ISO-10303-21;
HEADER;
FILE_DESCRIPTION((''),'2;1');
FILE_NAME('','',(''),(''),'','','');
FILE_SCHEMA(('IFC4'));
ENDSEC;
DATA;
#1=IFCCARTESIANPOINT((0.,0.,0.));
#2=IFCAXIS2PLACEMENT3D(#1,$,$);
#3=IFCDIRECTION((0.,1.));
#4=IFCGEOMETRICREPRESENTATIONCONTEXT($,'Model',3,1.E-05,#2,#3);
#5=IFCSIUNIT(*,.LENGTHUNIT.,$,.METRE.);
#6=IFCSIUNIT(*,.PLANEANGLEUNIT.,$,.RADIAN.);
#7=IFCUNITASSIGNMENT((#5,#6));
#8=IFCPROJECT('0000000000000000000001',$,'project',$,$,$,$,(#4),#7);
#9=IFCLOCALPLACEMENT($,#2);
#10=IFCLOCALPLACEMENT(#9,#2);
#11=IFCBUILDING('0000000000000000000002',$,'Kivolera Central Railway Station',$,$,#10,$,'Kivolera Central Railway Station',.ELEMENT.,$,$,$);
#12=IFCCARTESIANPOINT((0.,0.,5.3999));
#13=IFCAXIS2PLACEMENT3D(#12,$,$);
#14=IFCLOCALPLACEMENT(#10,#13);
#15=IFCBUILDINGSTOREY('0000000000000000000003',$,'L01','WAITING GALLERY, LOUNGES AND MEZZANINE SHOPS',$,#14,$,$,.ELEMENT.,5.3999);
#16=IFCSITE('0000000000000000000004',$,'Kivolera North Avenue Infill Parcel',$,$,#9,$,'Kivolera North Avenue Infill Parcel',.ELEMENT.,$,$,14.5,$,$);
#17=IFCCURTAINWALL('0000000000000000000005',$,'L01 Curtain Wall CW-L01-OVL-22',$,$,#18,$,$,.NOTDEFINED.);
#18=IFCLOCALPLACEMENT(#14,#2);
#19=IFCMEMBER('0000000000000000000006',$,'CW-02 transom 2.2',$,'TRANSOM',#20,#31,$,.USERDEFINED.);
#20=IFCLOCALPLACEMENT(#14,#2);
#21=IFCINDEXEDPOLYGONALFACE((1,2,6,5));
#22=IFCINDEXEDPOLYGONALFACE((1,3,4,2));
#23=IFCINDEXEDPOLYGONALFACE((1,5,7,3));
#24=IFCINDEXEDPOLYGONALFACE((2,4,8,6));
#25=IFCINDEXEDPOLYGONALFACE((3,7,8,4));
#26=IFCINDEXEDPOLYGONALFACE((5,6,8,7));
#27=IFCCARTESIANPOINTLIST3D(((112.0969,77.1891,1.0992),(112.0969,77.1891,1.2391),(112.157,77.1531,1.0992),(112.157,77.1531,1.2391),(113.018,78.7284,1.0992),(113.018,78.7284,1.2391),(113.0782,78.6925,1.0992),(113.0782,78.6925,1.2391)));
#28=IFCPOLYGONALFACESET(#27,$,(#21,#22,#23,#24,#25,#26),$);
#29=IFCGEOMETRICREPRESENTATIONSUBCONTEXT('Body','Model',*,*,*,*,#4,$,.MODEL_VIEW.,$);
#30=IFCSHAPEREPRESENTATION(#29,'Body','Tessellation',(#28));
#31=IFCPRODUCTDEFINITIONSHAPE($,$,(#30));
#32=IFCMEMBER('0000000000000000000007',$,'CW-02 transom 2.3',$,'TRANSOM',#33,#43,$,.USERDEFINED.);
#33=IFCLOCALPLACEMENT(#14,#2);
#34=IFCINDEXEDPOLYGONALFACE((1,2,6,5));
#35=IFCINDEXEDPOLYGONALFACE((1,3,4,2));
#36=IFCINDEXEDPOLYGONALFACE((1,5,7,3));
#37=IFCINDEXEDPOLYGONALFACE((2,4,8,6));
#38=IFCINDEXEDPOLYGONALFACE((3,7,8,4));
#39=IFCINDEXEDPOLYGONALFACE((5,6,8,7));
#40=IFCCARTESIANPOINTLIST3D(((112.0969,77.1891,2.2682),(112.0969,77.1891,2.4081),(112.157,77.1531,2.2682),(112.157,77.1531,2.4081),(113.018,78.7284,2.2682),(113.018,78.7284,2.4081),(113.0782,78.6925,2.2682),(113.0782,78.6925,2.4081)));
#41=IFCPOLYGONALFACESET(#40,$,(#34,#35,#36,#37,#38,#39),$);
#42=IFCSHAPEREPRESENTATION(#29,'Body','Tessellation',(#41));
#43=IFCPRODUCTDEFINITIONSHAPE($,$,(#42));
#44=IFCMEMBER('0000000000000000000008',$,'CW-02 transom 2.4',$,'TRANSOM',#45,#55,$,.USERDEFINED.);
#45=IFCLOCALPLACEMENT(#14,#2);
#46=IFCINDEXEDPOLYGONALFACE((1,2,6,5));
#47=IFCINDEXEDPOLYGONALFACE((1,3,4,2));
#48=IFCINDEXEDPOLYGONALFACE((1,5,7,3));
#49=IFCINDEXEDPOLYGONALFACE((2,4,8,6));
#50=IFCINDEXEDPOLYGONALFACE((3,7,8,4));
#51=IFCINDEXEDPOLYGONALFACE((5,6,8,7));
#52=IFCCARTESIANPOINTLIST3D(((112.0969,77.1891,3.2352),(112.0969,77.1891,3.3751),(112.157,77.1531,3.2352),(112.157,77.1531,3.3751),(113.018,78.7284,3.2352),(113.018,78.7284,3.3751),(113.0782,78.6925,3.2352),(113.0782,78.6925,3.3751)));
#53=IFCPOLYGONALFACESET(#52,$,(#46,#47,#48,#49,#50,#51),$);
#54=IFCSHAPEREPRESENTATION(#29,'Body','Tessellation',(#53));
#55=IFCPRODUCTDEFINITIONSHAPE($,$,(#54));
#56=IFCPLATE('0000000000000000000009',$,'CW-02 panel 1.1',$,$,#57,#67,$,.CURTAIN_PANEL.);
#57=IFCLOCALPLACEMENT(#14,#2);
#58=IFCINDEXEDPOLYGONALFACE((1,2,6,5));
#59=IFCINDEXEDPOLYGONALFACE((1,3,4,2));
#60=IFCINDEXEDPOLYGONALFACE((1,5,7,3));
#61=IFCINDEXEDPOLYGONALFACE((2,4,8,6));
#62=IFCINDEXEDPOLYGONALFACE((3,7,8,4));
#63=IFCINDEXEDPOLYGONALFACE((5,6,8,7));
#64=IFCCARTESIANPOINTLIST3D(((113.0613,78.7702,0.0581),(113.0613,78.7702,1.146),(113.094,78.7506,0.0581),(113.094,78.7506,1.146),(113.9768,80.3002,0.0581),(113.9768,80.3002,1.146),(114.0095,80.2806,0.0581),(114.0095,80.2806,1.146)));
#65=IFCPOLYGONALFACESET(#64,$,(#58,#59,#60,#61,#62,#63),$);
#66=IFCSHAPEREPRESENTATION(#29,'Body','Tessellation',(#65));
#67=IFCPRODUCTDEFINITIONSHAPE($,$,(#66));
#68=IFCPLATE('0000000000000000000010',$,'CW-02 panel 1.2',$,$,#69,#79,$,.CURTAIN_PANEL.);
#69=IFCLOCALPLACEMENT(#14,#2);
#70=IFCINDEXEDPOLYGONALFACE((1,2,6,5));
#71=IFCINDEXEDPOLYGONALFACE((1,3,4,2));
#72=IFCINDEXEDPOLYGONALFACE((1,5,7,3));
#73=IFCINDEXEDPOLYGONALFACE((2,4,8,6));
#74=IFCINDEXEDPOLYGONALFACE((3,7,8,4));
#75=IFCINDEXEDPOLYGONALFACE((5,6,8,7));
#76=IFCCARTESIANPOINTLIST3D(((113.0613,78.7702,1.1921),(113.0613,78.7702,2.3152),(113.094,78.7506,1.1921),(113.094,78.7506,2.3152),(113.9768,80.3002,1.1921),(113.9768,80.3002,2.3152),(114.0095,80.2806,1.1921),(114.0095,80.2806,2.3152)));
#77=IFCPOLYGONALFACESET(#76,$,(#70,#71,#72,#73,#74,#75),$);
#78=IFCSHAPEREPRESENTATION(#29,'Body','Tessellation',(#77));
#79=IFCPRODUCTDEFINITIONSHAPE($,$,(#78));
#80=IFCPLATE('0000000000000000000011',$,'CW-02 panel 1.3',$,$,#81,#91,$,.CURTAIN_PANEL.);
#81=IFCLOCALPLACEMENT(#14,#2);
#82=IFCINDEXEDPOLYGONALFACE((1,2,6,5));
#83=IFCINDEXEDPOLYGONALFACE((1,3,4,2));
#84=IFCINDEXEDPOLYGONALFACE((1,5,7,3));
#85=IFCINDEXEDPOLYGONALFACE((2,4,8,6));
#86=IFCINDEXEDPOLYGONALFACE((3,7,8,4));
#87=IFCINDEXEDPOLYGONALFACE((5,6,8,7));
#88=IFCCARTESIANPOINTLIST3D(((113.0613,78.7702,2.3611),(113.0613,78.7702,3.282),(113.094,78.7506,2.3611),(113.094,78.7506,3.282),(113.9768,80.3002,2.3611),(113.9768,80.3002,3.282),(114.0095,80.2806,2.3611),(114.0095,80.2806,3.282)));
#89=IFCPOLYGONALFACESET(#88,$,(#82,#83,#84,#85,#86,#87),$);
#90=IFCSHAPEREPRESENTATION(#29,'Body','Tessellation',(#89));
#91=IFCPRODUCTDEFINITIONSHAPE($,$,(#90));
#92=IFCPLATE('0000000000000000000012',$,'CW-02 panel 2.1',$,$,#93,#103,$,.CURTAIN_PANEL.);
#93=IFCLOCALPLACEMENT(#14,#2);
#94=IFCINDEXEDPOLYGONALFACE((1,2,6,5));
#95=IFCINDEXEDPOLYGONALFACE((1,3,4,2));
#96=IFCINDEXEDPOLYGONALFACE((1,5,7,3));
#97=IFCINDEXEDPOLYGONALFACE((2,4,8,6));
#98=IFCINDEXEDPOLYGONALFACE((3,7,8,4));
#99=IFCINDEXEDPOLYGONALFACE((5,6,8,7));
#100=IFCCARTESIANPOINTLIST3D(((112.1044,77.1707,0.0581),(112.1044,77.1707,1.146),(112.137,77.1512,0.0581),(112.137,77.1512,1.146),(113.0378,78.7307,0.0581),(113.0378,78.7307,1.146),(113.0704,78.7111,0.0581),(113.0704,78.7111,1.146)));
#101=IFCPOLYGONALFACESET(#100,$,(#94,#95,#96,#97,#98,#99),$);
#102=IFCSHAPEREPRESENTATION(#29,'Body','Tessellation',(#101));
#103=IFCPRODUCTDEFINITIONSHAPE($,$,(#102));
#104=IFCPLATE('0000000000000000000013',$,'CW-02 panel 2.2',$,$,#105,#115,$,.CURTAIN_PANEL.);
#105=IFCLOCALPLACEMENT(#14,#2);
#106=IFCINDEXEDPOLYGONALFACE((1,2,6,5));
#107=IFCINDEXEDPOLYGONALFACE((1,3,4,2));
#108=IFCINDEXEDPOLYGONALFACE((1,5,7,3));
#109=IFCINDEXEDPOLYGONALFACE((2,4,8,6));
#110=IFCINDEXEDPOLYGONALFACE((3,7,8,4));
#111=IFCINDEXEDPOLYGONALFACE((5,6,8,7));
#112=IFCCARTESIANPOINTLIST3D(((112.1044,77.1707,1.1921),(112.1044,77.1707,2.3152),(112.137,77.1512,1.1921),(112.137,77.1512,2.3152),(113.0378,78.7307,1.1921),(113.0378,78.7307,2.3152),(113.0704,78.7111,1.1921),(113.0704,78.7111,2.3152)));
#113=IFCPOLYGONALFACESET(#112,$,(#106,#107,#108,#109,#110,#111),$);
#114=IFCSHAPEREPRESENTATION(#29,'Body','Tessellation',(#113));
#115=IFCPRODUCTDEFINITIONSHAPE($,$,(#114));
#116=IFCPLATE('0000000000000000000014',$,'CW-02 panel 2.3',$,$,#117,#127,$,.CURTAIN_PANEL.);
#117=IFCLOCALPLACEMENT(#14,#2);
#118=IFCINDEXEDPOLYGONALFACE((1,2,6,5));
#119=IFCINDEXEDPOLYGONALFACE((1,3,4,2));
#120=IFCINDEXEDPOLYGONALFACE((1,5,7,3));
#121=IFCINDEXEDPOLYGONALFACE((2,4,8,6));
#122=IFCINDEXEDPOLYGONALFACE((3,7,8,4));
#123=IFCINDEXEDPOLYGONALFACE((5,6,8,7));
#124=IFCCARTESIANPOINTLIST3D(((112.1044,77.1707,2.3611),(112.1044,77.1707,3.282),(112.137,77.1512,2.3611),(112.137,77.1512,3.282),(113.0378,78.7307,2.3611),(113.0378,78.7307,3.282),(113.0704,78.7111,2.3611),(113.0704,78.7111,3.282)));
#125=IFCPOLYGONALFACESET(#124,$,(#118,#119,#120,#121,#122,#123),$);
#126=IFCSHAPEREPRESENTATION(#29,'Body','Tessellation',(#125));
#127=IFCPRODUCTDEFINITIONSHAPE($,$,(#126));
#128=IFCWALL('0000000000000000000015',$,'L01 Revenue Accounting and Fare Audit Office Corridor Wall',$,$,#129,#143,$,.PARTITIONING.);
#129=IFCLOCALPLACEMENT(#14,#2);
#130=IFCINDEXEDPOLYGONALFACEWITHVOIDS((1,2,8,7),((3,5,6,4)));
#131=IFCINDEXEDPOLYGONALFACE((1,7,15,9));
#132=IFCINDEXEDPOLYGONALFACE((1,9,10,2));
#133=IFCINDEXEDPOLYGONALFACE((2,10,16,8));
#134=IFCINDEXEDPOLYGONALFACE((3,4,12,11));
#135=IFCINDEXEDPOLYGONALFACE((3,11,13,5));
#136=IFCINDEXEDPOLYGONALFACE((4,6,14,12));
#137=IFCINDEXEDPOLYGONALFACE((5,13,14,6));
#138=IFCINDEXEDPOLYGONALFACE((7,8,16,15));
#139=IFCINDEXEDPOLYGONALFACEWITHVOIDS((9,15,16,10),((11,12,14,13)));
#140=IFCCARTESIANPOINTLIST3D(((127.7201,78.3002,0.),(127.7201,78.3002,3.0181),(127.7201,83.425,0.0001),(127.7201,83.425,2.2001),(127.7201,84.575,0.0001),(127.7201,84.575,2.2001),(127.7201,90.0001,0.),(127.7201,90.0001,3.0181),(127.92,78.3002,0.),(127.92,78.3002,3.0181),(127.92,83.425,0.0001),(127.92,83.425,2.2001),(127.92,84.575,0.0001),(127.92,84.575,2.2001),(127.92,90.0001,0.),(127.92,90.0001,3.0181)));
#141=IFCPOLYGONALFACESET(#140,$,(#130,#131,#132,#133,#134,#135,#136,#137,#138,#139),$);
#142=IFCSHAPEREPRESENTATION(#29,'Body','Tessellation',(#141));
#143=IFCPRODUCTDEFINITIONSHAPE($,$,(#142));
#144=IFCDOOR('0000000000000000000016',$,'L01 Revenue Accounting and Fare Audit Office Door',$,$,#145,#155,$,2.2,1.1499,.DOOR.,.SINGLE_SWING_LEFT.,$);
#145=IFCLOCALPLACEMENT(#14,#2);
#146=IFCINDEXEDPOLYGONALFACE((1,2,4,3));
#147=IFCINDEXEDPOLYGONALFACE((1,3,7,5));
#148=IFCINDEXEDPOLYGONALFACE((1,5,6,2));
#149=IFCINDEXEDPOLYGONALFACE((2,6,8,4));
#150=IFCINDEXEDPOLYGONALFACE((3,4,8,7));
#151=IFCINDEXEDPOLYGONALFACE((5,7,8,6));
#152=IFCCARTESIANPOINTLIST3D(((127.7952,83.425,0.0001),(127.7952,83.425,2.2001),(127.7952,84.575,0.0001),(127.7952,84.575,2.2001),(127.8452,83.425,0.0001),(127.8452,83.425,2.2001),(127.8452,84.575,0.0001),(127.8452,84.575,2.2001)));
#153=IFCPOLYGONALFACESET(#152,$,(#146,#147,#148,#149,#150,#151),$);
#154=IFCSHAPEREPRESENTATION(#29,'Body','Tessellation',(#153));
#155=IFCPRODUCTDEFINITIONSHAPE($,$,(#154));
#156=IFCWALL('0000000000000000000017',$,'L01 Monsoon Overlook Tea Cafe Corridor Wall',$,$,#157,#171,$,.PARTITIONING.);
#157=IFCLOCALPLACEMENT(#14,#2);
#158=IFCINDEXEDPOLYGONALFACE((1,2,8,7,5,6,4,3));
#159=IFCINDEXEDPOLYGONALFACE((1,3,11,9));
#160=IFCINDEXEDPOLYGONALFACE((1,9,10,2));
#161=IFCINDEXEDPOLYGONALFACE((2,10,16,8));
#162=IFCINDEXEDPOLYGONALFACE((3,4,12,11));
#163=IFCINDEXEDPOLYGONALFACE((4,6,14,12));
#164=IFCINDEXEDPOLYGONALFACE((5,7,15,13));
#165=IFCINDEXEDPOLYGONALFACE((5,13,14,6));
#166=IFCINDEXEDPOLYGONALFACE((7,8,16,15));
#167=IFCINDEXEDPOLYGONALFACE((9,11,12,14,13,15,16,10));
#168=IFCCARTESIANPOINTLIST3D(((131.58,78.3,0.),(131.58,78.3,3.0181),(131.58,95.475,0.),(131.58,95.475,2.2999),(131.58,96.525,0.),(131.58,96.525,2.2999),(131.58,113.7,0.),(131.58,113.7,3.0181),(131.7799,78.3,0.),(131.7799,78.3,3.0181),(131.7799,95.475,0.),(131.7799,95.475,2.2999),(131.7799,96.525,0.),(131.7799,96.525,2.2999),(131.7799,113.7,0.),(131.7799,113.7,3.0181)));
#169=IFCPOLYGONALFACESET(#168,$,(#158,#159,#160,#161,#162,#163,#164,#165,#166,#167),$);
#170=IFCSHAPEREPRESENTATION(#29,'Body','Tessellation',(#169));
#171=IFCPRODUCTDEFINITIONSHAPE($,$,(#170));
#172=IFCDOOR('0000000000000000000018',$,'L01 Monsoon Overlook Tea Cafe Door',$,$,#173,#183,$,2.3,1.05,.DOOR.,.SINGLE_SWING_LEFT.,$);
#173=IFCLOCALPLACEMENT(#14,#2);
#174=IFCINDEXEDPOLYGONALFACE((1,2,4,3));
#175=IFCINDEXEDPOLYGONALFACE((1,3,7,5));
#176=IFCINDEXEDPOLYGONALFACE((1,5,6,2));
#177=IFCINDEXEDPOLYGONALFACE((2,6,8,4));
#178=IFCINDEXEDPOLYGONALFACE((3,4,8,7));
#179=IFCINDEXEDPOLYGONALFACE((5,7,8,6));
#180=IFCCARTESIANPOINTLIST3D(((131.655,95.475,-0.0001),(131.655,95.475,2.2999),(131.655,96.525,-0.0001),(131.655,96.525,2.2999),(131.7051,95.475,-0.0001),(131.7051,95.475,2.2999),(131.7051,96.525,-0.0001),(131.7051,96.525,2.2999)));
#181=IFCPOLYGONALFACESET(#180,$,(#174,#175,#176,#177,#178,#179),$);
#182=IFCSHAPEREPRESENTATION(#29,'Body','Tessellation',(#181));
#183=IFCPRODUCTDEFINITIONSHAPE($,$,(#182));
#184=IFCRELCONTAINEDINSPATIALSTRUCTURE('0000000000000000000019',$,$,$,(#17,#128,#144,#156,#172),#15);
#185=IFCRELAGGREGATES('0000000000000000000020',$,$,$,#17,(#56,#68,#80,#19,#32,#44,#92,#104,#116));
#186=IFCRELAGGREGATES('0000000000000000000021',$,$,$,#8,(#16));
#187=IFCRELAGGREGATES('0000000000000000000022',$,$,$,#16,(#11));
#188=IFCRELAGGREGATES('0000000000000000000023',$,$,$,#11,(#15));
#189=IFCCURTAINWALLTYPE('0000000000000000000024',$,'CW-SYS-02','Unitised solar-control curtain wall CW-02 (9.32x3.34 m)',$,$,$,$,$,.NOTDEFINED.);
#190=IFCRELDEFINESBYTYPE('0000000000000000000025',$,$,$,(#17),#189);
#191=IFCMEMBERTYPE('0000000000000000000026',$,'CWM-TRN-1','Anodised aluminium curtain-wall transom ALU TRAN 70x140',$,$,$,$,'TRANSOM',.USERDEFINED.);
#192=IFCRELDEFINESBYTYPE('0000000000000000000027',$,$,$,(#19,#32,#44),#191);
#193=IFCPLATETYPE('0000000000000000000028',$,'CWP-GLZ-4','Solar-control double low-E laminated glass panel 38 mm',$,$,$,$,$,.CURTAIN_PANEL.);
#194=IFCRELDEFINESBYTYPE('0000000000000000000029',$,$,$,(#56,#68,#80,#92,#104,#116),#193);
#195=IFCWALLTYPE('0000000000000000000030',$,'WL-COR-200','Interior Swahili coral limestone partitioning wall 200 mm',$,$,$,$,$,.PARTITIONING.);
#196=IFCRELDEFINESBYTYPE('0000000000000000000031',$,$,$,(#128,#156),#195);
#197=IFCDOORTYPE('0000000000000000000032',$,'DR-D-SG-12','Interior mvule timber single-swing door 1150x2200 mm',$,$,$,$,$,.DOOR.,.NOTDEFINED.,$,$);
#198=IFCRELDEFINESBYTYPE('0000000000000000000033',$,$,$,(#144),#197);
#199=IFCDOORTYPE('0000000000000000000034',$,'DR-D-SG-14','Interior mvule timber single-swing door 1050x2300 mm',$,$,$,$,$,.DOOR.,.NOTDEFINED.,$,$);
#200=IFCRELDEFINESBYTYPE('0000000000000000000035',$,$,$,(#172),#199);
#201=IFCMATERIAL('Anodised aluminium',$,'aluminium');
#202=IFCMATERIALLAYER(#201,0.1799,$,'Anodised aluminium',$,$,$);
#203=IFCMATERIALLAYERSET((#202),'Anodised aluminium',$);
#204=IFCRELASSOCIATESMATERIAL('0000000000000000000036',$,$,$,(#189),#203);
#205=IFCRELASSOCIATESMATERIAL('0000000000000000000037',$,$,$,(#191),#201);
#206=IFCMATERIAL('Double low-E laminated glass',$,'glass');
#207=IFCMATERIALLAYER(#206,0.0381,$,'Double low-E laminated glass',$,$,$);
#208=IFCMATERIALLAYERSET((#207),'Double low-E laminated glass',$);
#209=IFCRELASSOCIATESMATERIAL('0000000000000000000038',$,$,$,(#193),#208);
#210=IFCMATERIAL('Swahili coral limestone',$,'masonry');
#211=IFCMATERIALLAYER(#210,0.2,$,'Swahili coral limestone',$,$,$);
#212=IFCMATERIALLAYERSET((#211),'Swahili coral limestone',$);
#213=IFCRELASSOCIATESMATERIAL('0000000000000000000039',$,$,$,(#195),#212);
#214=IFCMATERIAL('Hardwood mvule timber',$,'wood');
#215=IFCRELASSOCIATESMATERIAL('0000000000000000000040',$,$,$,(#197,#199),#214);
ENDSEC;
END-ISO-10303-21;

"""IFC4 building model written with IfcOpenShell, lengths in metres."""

from ifc_helpers import new_model, si_unit, direction, frame, frame_2d, origin, origin_2d, place, context, subcontext, project, spatial, rectangle, extrude, material, layer, layer_set, material_profile, profile_set, type_object, element, fill, aggregate, save


model = new_model("IFC4")

# Units and contexts
model_context = context("Model", 3, precision=1e-05, world=origin(), true_north=direction((0.0, 1.0)))
body_context = subcontext(model_context, "Body", "Model", "MODEL_VIEW")
ifc_project = project(units=[si_unit("LENGTHUNIT", "METRE"), si_unit("PLANEANGLEUNIT", "RADIAN")], contexts=[model_context])

# Site, building, storey
site_placement = place(None, origin())
site = spatial("IfcSite", under=ifc_project, at=site_placement, Name="Kivolera North Avenue Infill Parcel", LongName="Kivolera North Avenue Infill Parcel", CompositionType="ELEMENT", RefElevation=14.5)
building_placement = place(site_placement, origin())
building = spatial("IfcBuilding", under=site, at=building_placement, Name="Kivolera Central Railway Station", LongName="Kivolera Central Railway Station", CompositionType="ELEMENT")
storey_placement = place(building_placement, frame((0.0, 0.0, 5.3999)))
storey = spatial("IfcBuildingStorey", under=building, at=storey_placement, Name="L01", Description="WAITING GALLERY, LOUNGES AND MEZZANINE SHOPS", CompositionType="ELEMENT", Elevation=5.3999)

# Curtain wall, members, plates
ifc_material_1 = material(Name="Anodised aluminium", Category="aluminium")
ifc_layer_1 = layer(ifc_material_1, 0.1799, Name="Anodised aluminium")
ifc_layer_set_1 = layer_set([ifc_layer_1], Name="Anodised aluminium")
curtain_wall_type = type_object("IfcCurtainWallType", Name="CW-SYS-02", Description="Unitised solar-control curtain wall CW-02 (9.32x3.34 m)", PredefinedType="NOTDEFINED", material=ifc_layer_set_1)
curtain_wall_placement = place(storey_placement, origin())
curtain_wall = element("IfcCurtainWall", 1, at=curtain_wall_placement, inside=storey, type_object=curtain_wall_type, Name="L01 Curtain Wall CW-L01-OVL-22", PredefinedType="NOTDEFINED")
ifc_material_profile_1 = material_profile(ifc_material_1, rectangle(XDim=0.0701, YDim=0.1399, at=origin_2d()), Name="ALU TRAN 70x140")
ifc_profile_set_1 = profile_set([ifc_material_profile_1], Name="Anodised aluminium")
member_type_1 = type_object("IfcMemberType", Name="CWM-TRN-1", Description="Anodised aluminium curtain-wall transom ALU TRAN 70x140", ElementType="TRANSOM", PredefinedType="USERDEFINED", material=ifc_profile_set_1)
member_1_placement = place(storey_placement, frame((113.0481, 78.7104, 1.1692), z_axis=(-0.513495, -0.858093, 0.0), x_axis=(0.858093, -0.513495, 0.0)))
member_1 = element("IfcMember", 2, at=member_1_placement, type_object=member_type_1, Name="CW-02 transom 2.2", ObjectType="TRANSOM", PredefinedType="USERDEFINED", context=body_context, shape_type="SweptSolid", body=[
    extrude(rectangle(XDim=0.0701, YDim=0.1399, at=origin_2d()), origin(), (0.0, 0.0, 1.0), 1.7939),
])
member_2_placement = place(storey_placement, frame((113.0481, 78.7104, 2.3381), z_axis=(-0.513495, -0.858093, 0.0), x_axis=(0.858093, -0.513495, 0.0)))
member_2 = element("IfcMember", 3, at=member_2_placement, type_object=member_type_1, Name="CW-02 transom 2.3", ObjectType="TRANSOM", PredefinedType="USERDEFINED", context=body_context, shape_type="SweptSolid", body=[
    extrude(rectangle(XDim=0.0701, YDim=0.1399, at=origin_2d()), origin(), (0.0, 0.0, 1.0), 1.7939),
])
member_3_placement = place(storey_placement, frame((113.0481, 78.7104, 3.3052), z_axis=(-0.513495, -0.858093, 0.0), x_axis=(0.858093, -0.513495, 0.0)))
member_3 = element("IfcMember", 4, at=member_3_placement, type_object=member_type_1, Name="CW-02 transom 2.4", ObjectType="TRANSOM", PredefinedType="USERDEFINED", context=body_context, shape_type="SweptSolid", body=[
    extrude(rectangle(XDim=0.0701, YDim=0.1399, at=origin_2d()), origin(), (0.0, 0.0, 1.0), 1.7939),
])
ifc_material_2 = material(Name="Double low-E laminated glass", Category="glass")
ifc_layer_2 = layer(ifc_material_2, 0.0381, Name="Double low-E laminated glass")
ifc_layer_set_2 = layer_set([ifc_layer_2], Name="Double low-E laminated glass")
plate_type = type_object("IfcPlateType", Name="CWP-GLZ-4", Description="Solar-control double low-E laminated glass panel 38 mm", PredefinedType="CURTAIN_PANEL", material=ifc_layer_set_2)
plate_1_placement = place(storey_placement, frame((113.5354, 79.5254, 0.0581), z_axis=(0.0, 0.0, 1.0), x_axis=(-0.513454, -0.858117, 0.0)))
plate_1 = element("IfcPlate", 5, at=plate_1_placement, type_object=plate_type, Name="CW-02 panel 1.1", PredefinedType="CURTAIN_PANEL", context=body_context, shape_type="SweptSolid", body=[
    extrude(rectangle(XDim=1.783, YDim=0.0381, at=origin_2d()), origin(), (0.0, 0.0, 1.0), 1.0879),
])
plate_2_placement = place(storey_placement, frame((113.5354, 79.5254, 1.1921), z_axis=(0.0, 0.0, 1.0), x_axis=(-0.513454, -0.858117, 0.0)))
plate_2 = element("IfcPlate", 6, at=plate_2_placement, type_object=plate_type, Name="CW-02 panel 1.2", PredefinedType="CURTAIN_PANEL", context=body_context, shape_type="SweptSolid", body=[
    extrude(rectangle(XDim=1.783, YDim=0.0381, at=origin_2d()), origin(), (0.0, 0.0, 1.0), 1.123),
])
plate_3_placement = place(storey_placement, frame((113.5354, 79.5254, 2.3611), z_axis=(0.0, 0.0, 1.0), x_axis=(-0.513454, -0.858117, 0.0)))
plate_3 = element("IfcPlate", 7, at=plate_3_placement, type_object=plate_type, Name="CW-02 panel 1.3", PredefinedType="CURTAIN_PANEL", context=body_context, shape_type="SweptSolid", body=[
    extrude(rectangle(XDim=1.783, YDim=0.0381, at=origin_2d()), origin(), (0.0, 0.0, 1.0), 0.9209),
])
plate_4_placement = place(storey_placement, frame((112.5874, 77.9409, 0.0581), z_axis=(0.0, 0.0, 1.0), x_axis=(-0.513454, -0.858117, 0.0)))
plate_4 = element("IfcPlate", 8, at=plate_4_placement, type_object=plate_type, Name="CW-02 panel 2.1", PredefinedType="CURTAIN_PANEL", context=body_context, shape_type="SweptSolid", body=[
    extrude(rectangle(XDim=1.8179, YDim=0.0381, at=origin_2d()), origin(), (0.0, 0.0, 1.0), 1.0879),
])
plate_5_placement = place(storey_placement, frame((112.5874, 77.9409, 1.1921), z_axis=(0.0, 0.0, 1.0), x_axis=(-0.513454, -0.858117, 0.0)))
plate_5 = element("IfcPlate", 9, at=plate_5_placement, type_object=plate_type, Name="CW-02 panel 2.2", PredefinedType="CURTAIN_PANEL", context=body_context, shape_type="SweptSolid", body=[
    extrude(rectangle(XDim=1.8179, YDim=0.0381, at=origin_2d()), origin(), (0.0, 0.0, 1.0), 1.123),
])
plate_6_placement = place(storey_placement, frame((112.5874, 77.9409, 2.3611), z_axis=(0.0, 0.0, 1.0), x_axis=(-0.513454, -0.858117, 0.0)))
plate_6 = element("IfcPlate", 10, at=plate_6_placement, type_object=plate_type, Name="CW-02 panel 2.3", PredefinedType="CURTAIN_PANEL", context=body_context, shape_type="SweptSolid", body=[
    extrude(rectangle(XDim=1.8179, YDim=0.0381, at=origin_2d()), origin(), (0.0, 0.0, 1.0), 0.9209),
])
aggregate(curtain_wall, [plate_1, plate_2, plate_3, member_1, member_2, member_3, plate_4, plate_5, plate_6])

# Walls, openings, doors
ifc_material_3 = material(Name="Swahili coral limestone", Category="masonry")
ifc_layer_3 = layer(ifc_material_3, 0.2, Name="Swahili coral limestone")
ifc_layer_set_3 = layer_set([ifc_layer_3], Name="Swahili coral limestone")
wall_type = type_object("IfcWallType", Name="WL-COR-200", Description="Interior Swahili coral limestone partitioning wall 200 mm", PredefinedType="PARTITIONING", material=ifc_layer_set_3)
wall_1_placement = place(storey_placement, frame((127.8201, 78.3, 0.0), z_axis=(0.0, 0.0, 1.0), x_axis=(0.0, 1.0, 0.0)))
wall_1 = element("IfcWall", 11, at=wall_1_placement, inside=storey, type_object=wall_type, Name="L01 Revenue Accounting and Fare Audit Office Corridor Wall", PredefinedType="PARTITIONING", context=body_context, shape_type="SweptSolid", body=[
    extrude(rectangle(XDim=11.7, YDim=0.2, at=frame_2d((5.8501, 0.0))), origin(), (0.0, 0.0, 1.0), 3.0181),
])
opening_1_placement = place(wall_1_placement, frame((5.125, 0.0, 0.0)))
opening_1 = element("IfcOpeningElement", 12, at=opening_1_placement, cuts=wall_1, PredefinedType="OPENING", context=body_context, shape_type="SweptSolid", body=[
    extrude(rectangle(XDim=1.1499, YDim=2.2, at=frame_2d((0.575, 1.1001))), frame((0.0, 0.1099, 0.0), z_axis=(0.0, -1.0, 0.0), x_axis=(1.0, 0.0, 0.0)), (0.0, 0.0, 1.0), 0.22),
])
ifc_material_4 = material(Name="Hardwood mvule timber", Category="wood")
door_type_1 = type_object("IfcDoorType", Name="DR-D-SG-12", Description="Interior mvule timber single-swing door 1150x2200 mm", OperationType="NOTDEFINED", PredefinedType="DOOR", material=ifc_material_4)
door_1_placement = place(opening_1_placement, origin())
door_1 = element("IfcDoor", 13, at=door_1_placement, inside=storey, type_object=door_type_1, Name="L01 Revenue Accounting and Fare Audit Office Door", OperationType="SINGLE_SWING_LEFT", OverallHeight=2.2, OverallWidth=1.1499, PredefinedType="DOOR", context=body_context, shape_type="SweptSolid", body=[
    extrude(rectangle(XDim=1.1499, YDim=2.2, at=frame_2d((0.575, 1.1001))), frame((0.0, 0.0249, 0.0), z_axis=(0.0, -1.0, 0.0), x_axis=(1.0, 0.0, 0.0)), (0.0, 0.0, 1.0), 0.05),
])
fill(opening_1, door_1)
wall_2_placement = place(storey_placement, frame((131.6799, 78.3, 0.0), z_axis=(0.0, 0.0, 1.0), x_axis=(0.0, 1.0, 0.0)))
wall_2 = element("IfcWall", 14, at=wall_2_placement, inside=storey, type_object=wall_type, Name="L01 Monsoon Overlook Tea Cafe Corridor Wall", PredefinedType="PARTITIONING", context=body_context, shape_type="SweptSolid", body=[
    extrude(rectangle(XDim=35.3999, YDim=0.2, at=frame_2d((17.7, 0.0))), origin(), (0.0, 0.0, 1.0), 3.0181),
])
opening_2_placement = place(wall_2_placement, frame((17.175, 0.0, 0.0)))
opening_2 = element("IfcOpeningElement", 15, at=opening_2_placement, cuts=wall_2, PredefinedType="OPENING", context=body_context, shape_type="SweptSolid", body=[
    extrude(rectangle(XDim=1.05, YDim=2.3, at=frame_2d((0.5249, 1.1499))), frame((0.0, 0.1099, 0.0), z_axis=(0.0, -1.0, 0.0), x_axis=(1.0, 0.0, 0.0)), (0.0, 0.0, 1.0), 0.22),
])
door_type_2 = type_object("IfcDoorType", Name="DR-D-SG-14", Description="Interior mvule timber single-swing door 1050x2300 mm", OperationType="NOTDEFINED", PredefinedType="DOOR", material=ifc_material_4)
door_2_placement = place(opening_2_placement, origin())
door_2 = element("IfcDoor", 16, at=door_2_placement, inside=storey, type_object=door_type_2, Name="L01 Monsoon Overlook Tea Cafe Door", OperationType="SINGLE_SWING_LEFT", OverallHeight=2.3, OverallWidth=1.05, PredefinedType="DOOR", context=body_context, shape_type="SweptSolid", body=[
    extrude(rectangle(XDim=1.05, YDim=2.3, at=frame_2d((0.5249, 1.1499))), frame((0.0, 0.0249, 0.0), z_axis=(0.0, -1.0, 0.0), x_axis=(1.0, 0.0, 0.0)), (0.0, 0.0, 1.0), 0.05),
])
fill(opening_2, door_2)

save(model, "model.ifc")
